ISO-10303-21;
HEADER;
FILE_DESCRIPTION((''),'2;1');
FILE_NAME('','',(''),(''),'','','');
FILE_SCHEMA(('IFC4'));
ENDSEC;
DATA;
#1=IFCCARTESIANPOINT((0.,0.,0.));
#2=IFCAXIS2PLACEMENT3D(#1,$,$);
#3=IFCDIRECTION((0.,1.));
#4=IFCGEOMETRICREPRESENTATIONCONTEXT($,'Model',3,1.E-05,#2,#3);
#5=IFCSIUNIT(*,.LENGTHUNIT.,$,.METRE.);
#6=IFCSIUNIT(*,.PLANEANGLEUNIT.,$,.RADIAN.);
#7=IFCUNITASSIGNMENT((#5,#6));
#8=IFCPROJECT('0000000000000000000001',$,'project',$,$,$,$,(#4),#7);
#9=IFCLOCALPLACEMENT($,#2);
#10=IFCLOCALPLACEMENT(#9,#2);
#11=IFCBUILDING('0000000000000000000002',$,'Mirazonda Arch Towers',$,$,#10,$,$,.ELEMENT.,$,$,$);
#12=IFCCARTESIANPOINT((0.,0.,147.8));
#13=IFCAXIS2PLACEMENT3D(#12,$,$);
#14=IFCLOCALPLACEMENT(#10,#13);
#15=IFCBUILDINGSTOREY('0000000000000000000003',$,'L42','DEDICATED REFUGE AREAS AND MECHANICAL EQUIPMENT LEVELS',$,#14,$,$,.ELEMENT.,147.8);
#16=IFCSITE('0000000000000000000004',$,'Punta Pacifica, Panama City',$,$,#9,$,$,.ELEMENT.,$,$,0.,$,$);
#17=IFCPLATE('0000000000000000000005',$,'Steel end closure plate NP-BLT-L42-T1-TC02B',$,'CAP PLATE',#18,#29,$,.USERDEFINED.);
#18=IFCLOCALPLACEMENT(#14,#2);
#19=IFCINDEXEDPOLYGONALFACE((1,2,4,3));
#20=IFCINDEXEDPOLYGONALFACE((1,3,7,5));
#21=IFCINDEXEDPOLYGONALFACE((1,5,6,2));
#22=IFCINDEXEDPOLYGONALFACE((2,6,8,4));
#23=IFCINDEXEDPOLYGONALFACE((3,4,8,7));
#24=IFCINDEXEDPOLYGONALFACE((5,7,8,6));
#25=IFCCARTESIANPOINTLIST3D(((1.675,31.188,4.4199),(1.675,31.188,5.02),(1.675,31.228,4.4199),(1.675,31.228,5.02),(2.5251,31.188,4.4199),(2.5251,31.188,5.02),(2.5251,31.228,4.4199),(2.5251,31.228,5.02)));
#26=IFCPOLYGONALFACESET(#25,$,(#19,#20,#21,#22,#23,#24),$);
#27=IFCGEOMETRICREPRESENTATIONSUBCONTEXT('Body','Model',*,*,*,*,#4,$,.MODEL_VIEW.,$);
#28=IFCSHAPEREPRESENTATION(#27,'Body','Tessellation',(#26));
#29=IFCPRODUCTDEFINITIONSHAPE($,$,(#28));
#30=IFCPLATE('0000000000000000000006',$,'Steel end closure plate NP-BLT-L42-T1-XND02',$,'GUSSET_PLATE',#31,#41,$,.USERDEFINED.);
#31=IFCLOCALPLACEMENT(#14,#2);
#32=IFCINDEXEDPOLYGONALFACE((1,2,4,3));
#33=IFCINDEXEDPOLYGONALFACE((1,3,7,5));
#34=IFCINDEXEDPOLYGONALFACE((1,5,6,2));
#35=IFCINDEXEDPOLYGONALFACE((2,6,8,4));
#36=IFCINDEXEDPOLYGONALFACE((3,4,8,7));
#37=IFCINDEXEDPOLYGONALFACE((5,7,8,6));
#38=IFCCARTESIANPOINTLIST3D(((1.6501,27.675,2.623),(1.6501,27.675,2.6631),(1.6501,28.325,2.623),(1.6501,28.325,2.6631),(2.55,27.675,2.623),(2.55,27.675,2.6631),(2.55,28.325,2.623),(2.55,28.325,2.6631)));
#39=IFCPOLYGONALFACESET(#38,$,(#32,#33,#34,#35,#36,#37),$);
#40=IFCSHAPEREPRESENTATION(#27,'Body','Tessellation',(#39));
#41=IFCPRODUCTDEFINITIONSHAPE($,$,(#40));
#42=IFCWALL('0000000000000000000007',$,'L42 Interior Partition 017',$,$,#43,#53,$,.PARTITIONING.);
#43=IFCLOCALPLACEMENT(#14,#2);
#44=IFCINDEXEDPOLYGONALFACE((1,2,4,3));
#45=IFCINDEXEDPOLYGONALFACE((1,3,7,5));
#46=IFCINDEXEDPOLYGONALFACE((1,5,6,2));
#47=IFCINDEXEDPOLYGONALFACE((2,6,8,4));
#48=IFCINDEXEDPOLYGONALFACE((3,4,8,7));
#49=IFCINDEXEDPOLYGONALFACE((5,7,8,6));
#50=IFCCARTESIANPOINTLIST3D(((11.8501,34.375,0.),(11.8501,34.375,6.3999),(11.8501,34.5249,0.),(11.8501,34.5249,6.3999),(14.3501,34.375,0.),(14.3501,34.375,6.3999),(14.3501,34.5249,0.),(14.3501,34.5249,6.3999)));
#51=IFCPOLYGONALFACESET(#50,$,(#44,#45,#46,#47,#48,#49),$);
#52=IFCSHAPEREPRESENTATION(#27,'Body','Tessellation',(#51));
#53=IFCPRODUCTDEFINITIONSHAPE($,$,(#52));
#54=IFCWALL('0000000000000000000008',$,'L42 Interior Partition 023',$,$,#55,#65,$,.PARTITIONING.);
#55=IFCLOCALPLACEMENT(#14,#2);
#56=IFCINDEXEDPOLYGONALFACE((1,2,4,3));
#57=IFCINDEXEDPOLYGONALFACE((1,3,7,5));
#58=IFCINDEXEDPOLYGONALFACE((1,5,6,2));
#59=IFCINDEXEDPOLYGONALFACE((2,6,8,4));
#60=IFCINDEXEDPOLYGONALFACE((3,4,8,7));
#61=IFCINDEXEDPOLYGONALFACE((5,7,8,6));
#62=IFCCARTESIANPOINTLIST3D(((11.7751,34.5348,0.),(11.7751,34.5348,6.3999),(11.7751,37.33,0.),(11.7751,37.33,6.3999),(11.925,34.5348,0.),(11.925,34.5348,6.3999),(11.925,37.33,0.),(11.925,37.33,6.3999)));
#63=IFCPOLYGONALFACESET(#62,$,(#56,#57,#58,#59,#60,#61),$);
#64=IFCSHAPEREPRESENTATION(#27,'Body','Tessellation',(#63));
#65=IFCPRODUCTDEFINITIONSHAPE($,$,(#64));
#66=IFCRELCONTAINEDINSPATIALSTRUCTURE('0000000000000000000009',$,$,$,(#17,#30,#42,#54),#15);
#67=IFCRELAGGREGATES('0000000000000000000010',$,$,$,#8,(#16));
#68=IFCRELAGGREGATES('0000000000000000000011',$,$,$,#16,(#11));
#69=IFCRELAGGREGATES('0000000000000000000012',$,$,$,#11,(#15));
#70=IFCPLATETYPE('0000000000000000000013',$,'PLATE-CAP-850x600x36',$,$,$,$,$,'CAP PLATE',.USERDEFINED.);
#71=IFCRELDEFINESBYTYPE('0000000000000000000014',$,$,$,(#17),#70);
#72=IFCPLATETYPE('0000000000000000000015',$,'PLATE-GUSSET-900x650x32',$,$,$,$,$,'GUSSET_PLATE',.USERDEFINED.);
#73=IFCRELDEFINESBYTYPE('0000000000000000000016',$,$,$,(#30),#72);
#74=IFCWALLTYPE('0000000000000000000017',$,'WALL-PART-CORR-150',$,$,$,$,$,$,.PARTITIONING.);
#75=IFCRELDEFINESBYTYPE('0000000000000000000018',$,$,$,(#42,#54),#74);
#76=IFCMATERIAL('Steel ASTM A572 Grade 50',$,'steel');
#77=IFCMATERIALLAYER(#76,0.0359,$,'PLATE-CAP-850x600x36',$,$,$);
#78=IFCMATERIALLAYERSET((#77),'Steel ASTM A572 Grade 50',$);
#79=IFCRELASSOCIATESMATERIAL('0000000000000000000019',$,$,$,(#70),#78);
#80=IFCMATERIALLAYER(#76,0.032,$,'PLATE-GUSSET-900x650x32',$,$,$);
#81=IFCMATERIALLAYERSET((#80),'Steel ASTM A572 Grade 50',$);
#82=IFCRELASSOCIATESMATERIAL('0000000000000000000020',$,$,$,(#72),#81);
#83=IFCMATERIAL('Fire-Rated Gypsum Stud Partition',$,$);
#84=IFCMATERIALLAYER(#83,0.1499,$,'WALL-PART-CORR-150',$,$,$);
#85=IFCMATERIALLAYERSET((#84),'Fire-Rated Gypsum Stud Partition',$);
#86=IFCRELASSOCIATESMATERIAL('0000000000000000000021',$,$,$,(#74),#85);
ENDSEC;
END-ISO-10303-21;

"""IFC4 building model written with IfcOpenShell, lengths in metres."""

from ifc_helpers import new_model, si_unit, direction, frame, frame_2d, origin, origin_2d, place, context, subcontext, project, spatial, rectangle, extrude, material, layer, layer_set, type_object, element, save


model = new_model("IFC4")

# Units and contexts
model_context = context("Model", 3, precision=1e-05, world=origin(), true_north=direction((0.0, 1.0)))
body_context = subcontext(model_context, "Body", "Model", "MODEL_VIEW")
ifc_project = project(units=[si_unit("LENGTHUNIT", "METRE"), si_unit("PLANEANGLEUNIT", "RADIAN")], contexts=[model_context])

# Site, building, storey
site_placement = place(None, origin())
site = spatial("IfcSite", under=ifc_project, at=site_placement, Name="Punta Pacifica, Panama City", CompositionType="ELEMENT", RefElevation=0.0)
building_placement = place(site_placement, origin())
building = spatial("IfcBuilding", under=site, at=building_placement, Name="Mirazonda Arch Towers", CompositionType="ELEMENT")
storey_placement = place(building_placement, frame((0.0, 0.0, 147.8)))
storey = spatial("IfcBuildingStorey", under=building, at=storey_placement, Name="L42", Description="DEDICATED REFUGE AREAS AND MECHANICAL EQUIPMENT LEVELS", CompositionType="ELEMENT", Elevation=147.8)

# Shared definitions
ifc_material_1 = material(Name="Steel ASTM A572 Grade 50", Category="steel")

# Plates
ifc_layer_1 = layer(ifc_material_1, 0.0359, Name="PLATE-CAP-850x600x36")
ifc_layer_set_1 = layer_set([ifc_layer_1], Name="Steel ASTM A572 Grade 50")
plate_type_1 = type_object("IfcPlateType", Name="PLATE-CAP-850x600x36", ElementType="CAP PLATE", PredefinedType="USERDEFINED", material=ifc_layer_set_1)
for number, where, z_axis, x_axis, name in (
    (1, (2.1001, 31.208, 4.4199), (0.0, 0.0, 1.0), (0.0, 1.0, 0.0), "Steel end closure plate NP-BLT-L42-T1-TC02B"),
):
    element("IfcPlate", number, at=place(storey_placement, frame(where, z_axis=z_axis, x_axis=x_axis)), inside=storey, type_object=plate_type_1, Name=name, ObjectType="CAP PLATE", PredefinedType="USERDEFINED", context=body_context, shape_type="SweptSolid", body=[
        extrude(rectangle(XDim=0.04, YDim=0.8501, at=origin_2d()), origin(), (0.0, 0.0, 1.0), 0.6001),
    ])
ifc_layer_2 = layer(ifc_material_1, 0.032, Name="PLATE-GUSSET-900x650x32")
ifc_layer_set_2 = layer_set([ifc_layer_2], Name="Steel ASTM A572 Grade 50")
plate_type_2 = type_object("IfcPlateType", Name="PLATE-GUSSET-900x650x32", ElementType="GUSSET_PLATE", PredefinedType="USERDEFINED", material=ifc_layer_set_2)
plate_placement = place(storey_placement, frame((2.1001, 28.0, 2.623), z_axis=(0.0, 0.0, 1.0), x_axis=(1.0, 0.0, 0.0)))
element("IfcPlate", 2, at=plate_placement, inside=storey, type_object=plate_type_2, Name="Steel end closure plate NP-BLT-L42-T1-XND02", ObjectType="GUSSET_PLATE", PredefinedType="USERDEFINED", context=body_context, shape_type="SweptSolid", body=[
    extrude(rectangle(XDim=0.8999, YDim=0.6499, at=origin_2d()), origin(), (0.0, 0.0, 1.0), 0.04),
])

# Walls
ifc_material_2 = material(Name="Fire-Rated Gypsum Stud Partition")
ifc_layer_3 = layer(ifc_material_2, 0.1499, Name="WALL-PART-CORR-150")
ifc_layer_set_3 = layer_set([ifc_layer_3], Name="Fire-Rated Gypsum Stud Partition")
wall_type_1 = type_object("IfcWallType", Name="WALL-PART-CORR-150", PredefinedType="PARTITIONING", material=ifc_layer_set_3)
wall_1_placement = place(storey_placement, frame((11.8501, 34.45, 0.0), z_axis=(0.0, 0.0, 1.0), x_axis=(1.0, 0.0, 0.0)))
element("IfcWall", 3, at=wall_1_placement, inside=storey, type_object=wall_type_1, Name="L42 Interior Partition 017", PredefinedType="PARTITIONING", context=body_context, shape_type="SweptSolid", body=[
    extrude(rectangle(XDim=2.5, YDim=0.1499, at=frame_2d((1.25, 0.0))), origin(), (0.0, 0.0, 1.0), 6.3999),
])
wall_2_placement = place(storey_placement, frame((11.8501, 34.5349, 0.0), z_axis=(0.0, 0.0, 1.0), x_axis=(0.0, 1.0, 0.0)))
element("IfcWall", 4, at=wall_2_placement, inside=storey, type_object=wall_type_1, Name="L42 Interior Partition 023", PredefinedType="PARTITIONING", context=body_context, shape_type="SweptSolid", body=[
    extrude(rectangle(XDim=2.7952, YDim=0.1499, at=frame_2d((1.3975, 0.0))), origin(), (0.0, 0.0, 1.0), 6.3999),
])

save(model, "model.ifc")
